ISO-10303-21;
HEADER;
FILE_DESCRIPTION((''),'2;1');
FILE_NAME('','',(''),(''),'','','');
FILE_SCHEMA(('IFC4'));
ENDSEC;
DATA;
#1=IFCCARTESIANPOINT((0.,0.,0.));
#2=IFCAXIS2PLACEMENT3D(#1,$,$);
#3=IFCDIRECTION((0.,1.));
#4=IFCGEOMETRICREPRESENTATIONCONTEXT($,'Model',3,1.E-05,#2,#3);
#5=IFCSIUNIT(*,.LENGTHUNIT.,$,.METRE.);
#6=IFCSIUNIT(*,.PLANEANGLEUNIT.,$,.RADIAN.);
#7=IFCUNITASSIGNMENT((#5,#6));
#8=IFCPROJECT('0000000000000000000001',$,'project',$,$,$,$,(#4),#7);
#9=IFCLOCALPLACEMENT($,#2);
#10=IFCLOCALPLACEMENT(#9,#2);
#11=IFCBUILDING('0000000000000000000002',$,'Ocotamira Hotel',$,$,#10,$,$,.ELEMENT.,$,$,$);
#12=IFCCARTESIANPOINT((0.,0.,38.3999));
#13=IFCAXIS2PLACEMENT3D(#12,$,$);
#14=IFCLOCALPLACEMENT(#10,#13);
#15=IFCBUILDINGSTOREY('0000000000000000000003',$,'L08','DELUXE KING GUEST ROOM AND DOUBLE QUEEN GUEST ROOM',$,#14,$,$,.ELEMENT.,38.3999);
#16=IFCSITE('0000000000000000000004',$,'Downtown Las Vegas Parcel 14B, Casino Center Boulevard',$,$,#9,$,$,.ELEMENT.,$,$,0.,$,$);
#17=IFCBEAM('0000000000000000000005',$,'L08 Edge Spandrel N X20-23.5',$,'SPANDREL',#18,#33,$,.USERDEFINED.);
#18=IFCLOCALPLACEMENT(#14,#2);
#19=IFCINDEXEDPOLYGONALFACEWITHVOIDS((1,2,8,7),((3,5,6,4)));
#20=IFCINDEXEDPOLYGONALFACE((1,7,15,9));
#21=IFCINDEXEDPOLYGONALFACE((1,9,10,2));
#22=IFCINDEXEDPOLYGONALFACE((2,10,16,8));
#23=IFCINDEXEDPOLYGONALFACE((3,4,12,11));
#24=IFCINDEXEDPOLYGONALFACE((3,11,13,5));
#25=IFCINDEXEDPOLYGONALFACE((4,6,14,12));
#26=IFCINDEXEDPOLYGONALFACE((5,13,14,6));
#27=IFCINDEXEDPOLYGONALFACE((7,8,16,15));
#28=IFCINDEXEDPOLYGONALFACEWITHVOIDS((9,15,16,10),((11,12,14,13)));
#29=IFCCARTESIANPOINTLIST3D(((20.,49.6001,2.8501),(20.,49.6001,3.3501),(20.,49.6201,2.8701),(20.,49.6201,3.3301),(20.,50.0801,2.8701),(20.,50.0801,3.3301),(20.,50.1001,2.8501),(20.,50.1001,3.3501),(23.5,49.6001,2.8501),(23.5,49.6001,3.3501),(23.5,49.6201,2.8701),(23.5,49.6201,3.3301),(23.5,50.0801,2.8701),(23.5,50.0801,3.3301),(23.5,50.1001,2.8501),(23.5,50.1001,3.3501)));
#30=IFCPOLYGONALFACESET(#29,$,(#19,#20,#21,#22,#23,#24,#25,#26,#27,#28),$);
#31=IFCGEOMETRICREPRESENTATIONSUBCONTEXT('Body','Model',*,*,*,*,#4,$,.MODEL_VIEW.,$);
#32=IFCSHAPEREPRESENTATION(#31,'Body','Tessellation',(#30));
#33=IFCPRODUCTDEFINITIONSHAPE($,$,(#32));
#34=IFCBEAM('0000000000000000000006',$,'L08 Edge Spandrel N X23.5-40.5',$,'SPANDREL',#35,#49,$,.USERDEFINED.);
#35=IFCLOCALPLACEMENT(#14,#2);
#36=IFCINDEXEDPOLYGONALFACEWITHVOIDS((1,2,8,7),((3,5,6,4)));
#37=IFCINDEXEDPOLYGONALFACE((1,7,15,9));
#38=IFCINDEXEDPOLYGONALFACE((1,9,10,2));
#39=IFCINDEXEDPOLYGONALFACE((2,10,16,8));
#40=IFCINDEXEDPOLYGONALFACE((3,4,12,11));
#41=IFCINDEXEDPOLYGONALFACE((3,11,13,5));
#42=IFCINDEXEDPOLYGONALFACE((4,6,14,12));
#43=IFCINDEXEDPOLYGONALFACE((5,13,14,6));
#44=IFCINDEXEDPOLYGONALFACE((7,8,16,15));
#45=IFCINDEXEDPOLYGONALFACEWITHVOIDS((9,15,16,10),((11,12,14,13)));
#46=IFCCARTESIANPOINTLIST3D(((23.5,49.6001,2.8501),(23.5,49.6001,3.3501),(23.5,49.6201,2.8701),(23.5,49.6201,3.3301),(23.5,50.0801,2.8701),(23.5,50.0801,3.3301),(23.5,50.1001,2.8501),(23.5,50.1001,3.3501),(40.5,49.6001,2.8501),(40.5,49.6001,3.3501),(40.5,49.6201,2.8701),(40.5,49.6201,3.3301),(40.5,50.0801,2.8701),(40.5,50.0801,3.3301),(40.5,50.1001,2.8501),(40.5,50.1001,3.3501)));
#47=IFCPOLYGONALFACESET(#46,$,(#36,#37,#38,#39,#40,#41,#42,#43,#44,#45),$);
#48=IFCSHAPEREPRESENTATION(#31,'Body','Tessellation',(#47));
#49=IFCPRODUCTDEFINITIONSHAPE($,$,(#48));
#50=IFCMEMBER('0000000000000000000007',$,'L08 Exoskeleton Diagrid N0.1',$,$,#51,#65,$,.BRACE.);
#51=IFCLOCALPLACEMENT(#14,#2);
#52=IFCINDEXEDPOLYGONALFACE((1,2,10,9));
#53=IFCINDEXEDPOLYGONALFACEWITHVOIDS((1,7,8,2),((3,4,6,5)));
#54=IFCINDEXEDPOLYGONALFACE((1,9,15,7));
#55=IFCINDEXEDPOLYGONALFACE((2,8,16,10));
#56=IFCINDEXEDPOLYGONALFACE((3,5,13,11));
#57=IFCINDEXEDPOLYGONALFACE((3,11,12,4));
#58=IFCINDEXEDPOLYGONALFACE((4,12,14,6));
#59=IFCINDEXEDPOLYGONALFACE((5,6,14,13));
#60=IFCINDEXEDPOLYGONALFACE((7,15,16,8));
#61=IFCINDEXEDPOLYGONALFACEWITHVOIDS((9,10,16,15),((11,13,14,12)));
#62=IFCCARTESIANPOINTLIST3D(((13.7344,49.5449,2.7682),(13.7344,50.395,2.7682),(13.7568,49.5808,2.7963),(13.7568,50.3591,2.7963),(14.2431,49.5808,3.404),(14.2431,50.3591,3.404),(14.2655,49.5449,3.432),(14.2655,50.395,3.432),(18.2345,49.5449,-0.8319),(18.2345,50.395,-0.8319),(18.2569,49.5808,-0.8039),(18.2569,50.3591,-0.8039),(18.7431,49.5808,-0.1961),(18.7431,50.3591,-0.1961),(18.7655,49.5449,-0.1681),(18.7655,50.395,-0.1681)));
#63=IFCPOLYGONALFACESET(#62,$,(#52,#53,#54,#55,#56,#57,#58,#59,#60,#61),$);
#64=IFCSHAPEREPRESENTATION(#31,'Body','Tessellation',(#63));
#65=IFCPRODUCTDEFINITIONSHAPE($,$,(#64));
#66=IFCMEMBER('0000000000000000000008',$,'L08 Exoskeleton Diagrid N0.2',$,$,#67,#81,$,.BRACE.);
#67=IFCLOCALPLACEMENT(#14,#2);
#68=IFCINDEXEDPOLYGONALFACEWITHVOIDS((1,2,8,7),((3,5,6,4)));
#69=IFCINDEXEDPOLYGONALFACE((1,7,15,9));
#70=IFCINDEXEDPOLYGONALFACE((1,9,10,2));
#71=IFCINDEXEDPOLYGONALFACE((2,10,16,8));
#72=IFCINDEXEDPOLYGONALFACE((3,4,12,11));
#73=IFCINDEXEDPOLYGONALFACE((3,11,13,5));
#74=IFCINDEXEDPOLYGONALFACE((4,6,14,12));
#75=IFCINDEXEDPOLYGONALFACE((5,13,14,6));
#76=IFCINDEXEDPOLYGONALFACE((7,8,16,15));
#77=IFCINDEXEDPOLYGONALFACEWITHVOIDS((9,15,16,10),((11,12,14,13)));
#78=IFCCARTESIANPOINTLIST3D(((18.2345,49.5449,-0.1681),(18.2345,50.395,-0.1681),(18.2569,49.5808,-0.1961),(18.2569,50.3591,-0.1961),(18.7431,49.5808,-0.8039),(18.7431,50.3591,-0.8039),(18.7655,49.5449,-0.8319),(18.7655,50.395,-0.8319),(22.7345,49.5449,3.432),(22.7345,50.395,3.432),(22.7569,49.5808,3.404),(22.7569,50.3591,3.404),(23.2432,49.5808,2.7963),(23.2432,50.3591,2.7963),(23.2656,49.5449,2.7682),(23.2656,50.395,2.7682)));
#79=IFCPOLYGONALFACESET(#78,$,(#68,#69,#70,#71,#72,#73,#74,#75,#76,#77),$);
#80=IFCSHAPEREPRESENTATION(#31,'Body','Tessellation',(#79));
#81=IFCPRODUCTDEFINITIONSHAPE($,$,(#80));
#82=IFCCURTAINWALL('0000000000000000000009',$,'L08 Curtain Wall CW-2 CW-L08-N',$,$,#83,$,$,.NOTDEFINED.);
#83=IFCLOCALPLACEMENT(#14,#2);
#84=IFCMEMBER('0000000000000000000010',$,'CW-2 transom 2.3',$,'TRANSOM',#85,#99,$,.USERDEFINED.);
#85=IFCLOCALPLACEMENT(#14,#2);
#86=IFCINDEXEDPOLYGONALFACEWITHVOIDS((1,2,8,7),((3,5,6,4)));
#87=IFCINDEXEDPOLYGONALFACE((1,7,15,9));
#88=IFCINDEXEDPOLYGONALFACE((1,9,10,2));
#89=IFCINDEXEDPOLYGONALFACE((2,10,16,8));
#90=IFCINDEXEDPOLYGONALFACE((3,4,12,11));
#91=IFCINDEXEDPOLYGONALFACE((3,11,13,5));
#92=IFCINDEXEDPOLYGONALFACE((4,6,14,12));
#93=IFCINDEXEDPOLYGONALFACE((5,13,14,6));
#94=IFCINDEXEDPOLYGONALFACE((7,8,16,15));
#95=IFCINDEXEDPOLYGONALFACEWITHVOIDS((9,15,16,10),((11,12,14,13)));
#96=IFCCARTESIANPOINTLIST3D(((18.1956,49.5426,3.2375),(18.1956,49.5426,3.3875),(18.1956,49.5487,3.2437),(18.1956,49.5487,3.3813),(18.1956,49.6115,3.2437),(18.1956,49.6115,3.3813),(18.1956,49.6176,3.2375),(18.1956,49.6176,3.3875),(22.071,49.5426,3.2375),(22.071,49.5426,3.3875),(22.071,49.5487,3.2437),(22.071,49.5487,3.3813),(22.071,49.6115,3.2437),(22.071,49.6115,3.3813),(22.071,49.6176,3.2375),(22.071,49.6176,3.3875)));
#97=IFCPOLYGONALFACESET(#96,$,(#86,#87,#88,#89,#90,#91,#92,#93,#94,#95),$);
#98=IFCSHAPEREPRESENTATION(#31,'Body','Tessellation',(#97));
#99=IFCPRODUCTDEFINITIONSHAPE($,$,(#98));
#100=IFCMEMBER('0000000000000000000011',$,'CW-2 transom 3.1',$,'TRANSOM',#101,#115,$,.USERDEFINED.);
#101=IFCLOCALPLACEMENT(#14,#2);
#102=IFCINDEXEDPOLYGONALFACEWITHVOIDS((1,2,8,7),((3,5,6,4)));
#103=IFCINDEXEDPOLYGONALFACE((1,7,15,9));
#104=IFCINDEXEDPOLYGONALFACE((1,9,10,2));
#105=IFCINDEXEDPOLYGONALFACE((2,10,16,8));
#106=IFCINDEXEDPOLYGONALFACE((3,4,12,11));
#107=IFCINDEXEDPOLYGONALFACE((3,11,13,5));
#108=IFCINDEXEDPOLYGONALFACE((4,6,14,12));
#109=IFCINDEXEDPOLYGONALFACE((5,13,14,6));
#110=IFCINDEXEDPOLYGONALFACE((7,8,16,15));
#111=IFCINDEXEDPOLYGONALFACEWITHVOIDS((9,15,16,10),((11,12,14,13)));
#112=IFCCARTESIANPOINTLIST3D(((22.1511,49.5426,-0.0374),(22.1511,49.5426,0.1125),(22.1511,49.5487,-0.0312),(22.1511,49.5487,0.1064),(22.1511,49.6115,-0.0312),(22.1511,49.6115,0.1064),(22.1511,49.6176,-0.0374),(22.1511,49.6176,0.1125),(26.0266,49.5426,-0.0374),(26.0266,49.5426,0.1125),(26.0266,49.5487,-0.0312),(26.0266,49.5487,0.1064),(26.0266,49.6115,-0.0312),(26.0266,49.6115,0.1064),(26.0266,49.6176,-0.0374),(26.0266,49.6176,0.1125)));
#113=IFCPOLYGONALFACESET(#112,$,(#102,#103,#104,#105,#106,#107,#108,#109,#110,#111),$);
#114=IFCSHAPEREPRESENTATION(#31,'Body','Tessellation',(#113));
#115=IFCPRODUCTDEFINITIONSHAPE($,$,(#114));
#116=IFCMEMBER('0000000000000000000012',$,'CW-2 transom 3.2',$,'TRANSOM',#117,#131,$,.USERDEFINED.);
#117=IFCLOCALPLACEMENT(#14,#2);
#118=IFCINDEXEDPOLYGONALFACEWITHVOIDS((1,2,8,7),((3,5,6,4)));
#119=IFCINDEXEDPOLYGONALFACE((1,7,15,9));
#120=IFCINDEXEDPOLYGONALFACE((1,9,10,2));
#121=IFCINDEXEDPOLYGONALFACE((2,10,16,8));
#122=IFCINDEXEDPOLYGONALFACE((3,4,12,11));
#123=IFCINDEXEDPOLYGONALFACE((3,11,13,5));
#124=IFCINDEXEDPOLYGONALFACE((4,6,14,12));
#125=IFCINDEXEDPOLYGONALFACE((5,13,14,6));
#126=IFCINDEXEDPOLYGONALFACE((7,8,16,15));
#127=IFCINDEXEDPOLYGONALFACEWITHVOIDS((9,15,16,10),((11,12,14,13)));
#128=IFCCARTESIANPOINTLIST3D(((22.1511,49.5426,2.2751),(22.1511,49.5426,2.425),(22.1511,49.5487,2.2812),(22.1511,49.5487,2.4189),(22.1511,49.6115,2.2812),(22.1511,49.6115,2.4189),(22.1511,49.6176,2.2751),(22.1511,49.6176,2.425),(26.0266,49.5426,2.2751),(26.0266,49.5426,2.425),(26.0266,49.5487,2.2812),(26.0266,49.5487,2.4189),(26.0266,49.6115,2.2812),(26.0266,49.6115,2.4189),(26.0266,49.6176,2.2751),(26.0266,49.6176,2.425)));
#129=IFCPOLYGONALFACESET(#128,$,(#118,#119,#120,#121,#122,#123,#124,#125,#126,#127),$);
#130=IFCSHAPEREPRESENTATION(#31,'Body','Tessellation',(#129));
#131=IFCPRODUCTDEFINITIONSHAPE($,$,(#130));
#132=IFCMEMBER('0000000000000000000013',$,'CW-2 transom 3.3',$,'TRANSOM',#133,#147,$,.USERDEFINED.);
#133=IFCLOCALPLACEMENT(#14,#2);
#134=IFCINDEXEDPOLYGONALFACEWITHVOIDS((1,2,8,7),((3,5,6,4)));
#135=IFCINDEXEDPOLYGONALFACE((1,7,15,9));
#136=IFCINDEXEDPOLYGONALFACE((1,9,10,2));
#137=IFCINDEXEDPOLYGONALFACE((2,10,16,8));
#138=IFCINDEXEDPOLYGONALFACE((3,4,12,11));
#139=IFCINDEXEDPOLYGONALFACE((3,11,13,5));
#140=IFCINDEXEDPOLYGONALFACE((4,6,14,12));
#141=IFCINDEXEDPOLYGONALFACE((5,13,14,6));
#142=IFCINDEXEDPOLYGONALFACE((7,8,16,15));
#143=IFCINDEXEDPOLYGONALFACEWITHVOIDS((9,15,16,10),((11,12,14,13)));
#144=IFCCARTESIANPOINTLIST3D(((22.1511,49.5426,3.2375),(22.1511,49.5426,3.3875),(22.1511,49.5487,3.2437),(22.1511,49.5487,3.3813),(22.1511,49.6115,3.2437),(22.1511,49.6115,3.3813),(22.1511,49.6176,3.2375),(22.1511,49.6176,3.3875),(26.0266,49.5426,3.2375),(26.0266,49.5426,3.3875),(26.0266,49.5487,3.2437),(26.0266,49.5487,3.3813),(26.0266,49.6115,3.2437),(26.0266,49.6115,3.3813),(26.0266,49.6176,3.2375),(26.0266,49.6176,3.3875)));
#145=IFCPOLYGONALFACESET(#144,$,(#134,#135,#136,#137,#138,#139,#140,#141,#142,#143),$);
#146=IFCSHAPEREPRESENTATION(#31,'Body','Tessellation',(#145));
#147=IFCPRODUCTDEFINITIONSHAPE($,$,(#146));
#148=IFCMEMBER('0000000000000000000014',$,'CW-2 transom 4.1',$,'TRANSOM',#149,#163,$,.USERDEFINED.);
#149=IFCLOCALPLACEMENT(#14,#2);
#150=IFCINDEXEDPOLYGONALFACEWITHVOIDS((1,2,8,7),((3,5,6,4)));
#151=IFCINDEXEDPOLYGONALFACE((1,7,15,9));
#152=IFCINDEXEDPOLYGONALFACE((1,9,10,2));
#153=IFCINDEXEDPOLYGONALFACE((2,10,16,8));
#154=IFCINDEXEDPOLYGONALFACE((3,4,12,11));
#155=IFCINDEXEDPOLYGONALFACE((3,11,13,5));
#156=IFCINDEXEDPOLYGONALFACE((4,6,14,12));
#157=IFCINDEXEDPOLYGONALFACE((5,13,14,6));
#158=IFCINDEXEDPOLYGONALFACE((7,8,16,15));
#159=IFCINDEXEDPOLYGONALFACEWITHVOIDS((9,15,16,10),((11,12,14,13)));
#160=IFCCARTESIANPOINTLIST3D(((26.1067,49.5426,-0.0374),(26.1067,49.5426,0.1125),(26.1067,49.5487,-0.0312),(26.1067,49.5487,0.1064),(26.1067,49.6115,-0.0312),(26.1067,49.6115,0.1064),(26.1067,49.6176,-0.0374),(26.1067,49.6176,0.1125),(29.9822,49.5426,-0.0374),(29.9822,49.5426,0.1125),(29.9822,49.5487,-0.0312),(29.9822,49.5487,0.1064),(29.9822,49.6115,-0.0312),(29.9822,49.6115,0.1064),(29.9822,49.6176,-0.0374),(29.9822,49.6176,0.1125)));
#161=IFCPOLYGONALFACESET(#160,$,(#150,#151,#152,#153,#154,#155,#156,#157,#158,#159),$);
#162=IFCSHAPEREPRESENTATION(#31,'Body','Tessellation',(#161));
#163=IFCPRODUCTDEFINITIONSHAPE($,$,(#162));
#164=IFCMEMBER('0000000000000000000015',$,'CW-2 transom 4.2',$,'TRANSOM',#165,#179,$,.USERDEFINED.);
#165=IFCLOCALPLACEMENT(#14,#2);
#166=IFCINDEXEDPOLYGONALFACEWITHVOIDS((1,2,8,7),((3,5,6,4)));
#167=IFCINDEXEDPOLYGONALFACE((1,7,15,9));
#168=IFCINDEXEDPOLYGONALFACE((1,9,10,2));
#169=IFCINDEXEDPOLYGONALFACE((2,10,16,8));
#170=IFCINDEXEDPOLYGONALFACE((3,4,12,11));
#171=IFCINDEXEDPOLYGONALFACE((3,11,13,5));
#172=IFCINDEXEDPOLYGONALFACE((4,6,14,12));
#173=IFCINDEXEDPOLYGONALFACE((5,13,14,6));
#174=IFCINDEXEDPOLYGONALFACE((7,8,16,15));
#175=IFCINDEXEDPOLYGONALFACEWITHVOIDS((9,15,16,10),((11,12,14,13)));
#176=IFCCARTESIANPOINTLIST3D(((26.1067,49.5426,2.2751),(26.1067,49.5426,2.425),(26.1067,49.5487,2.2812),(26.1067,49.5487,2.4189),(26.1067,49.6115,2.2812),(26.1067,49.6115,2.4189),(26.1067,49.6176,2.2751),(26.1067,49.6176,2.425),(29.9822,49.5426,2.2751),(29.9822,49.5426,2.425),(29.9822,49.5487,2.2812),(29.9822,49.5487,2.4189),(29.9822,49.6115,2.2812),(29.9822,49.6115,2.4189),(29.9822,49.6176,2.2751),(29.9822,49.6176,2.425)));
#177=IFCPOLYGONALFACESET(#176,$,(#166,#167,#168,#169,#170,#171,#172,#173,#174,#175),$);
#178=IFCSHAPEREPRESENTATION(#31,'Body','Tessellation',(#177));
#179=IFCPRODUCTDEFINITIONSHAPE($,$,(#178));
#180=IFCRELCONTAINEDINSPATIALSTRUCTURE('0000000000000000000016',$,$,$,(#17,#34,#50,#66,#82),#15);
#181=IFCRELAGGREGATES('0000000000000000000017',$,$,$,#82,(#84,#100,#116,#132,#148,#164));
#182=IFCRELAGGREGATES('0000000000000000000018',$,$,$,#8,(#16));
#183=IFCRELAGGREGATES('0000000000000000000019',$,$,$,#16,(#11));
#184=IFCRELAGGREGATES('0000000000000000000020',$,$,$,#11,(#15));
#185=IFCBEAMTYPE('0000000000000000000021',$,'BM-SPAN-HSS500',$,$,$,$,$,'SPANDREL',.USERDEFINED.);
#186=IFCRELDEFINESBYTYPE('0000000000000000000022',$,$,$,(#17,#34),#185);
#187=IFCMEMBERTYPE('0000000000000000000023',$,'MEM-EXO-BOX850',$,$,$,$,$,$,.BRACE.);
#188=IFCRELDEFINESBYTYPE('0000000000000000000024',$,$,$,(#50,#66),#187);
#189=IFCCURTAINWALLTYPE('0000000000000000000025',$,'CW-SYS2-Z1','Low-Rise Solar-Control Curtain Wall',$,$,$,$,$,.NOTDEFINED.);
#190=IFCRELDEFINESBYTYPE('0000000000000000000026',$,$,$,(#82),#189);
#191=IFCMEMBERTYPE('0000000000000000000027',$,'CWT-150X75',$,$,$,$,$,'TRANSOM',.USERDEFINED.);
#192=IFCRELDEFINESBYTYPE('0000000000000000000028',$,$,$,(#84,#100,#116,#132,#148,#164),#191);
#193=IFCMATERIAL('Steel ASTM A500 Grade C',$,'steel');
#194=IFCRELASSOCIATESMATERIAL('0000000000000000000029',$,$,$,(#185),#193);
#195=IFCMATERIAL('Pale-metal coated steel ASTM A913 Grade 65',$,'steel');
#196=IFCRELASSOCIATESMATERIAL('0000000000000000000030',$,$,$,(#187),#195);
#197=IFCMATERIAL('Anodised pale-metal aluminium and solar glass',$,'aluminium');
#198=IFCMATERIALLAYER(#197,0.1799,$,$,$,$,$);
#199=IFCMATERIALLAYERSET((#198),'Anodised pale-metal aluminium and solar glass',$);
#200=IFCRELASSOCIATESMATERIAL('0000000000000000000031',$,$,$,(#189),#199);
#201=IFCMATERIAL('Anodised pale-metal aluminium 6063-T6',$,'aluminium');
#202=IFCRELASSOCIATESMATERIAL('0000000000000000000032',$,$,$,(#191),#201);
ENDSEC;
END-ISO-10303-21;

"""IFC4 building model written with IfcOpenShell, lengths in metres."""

from ifc_helpers import new_model, si_unit, direction, frame, origin, origin_2d, place, context, subcontext, project, spatial, hollow_rectangle, extrude, source, transform, mapped, material, layer, layer_set, material_profile, profile_set, type_object, element, aggregate, save


model = new_model("IFC4")

# Units and contexts
model_context = context("Model", 3, precision=1e-05, world=origin(), true_north=direction((0.0, 1.0)))
body_context = subcontext(model_context, "Body", "Model", "MODEL_VIEW")
ifc_project = project(units=[si_unit("LENGTHUNIT", "METRE"), si_unit("PLANEANGLEUNIT", "RADIAN")], contexts=[model_context])

# Site, building, storey
site_placement = place(None, origin())
site = spatial("IfcSite", under=ifc_project, at=site_placement, Name="Downtown Las Vegas Parcel 14B, Casino Center Boulevard", CompositionType="ELEMENT", RefElevation=0.0)
building_placement = place(site_placement, origin())
building = spatial("IfcBuilding", under=site, at=building_placement, Name="Ocotamira Hotel", CompositionType="ELEMENT")
storey_placement = place(building_placement, frame((0.0, 0.0, 38.3999)))
storey = spatial("IfcBuildingStorey", under=building, at=storey_placement, Name="L08", Description="DELUXE KING GUEST ROOM AND DOUBLE QUEEN GUEST ROOM", CompositionType="ELEMENT", Elevation=38.3999)

# Beams
ifc_material_1 = material(Name="Steel ASTM A500 Grade C", Category="steel")
ifc_material_profile_1 = material_profile(ifc_material_1, hollow_rectangle(XDim=0.5, YDim=0.5, WallThickness=0.02, at=origin_2d()), Name="HSS500X500X20")
ifc_profile_set_1 = profile_set([ifc_material_profile_1], Name="Steel ASTM A500 Grade C")
beam_type = type_object("IfcBeamType", Name="BM-SPAN-HSS500", ElementType="SPANDREL", PredefinedType="USERDEFINED", material=ifc_profile_set_1)
shared_shape_1 = source(origin(), body_context, "Body", "SweptSolid", [
    extrude(hollow_rectangle(XDim=0.5, YDim=0.5, WallThickness=0.02, at=origin_2d()), origin(), (0.0, 0.0, 1.0), 3.5),
])
beam_1_placement = place(storey_placement, frame((20.0, 49.8501, 3.1001), z_axis=(1.0, 0.0, 0.0), x_axis=(0.0, 1.0, 0.0)))
element("IfcBeam", 1, at=beam_1_placement, inside=storey, type_object=beam_type, Name="L08 Edge Spandrel N X20-23.5", ObjectType="SPANDREL", PredefinedType="USERDEFINED", context=body_context, shape_type="MappedRepresentation", body=[
    mapped(shared_shape_1, transform((0.0, 0.0, 0.0), scale=1.0)),
])
shared_shape_2 = source(origin(), body_context, "Body", "SweptSolid", [
    extrude(hollow_rectangle(XDim=0.5, YDim=0.5, WallThickness=0.02, at=origin_2d()), origin(), (0.0, 0.0, 1.0), 17.0),
])
beam_2_placement = place(storey_placement, frame((23.5, 49.8501, 3.1001), z_axis=(1.0, 0.0, 0.0), x_axis=(0.0, 1.0, 0.0)))
element("IfcBeam", 2, at=beam_2_placement, inside=storey, type_object=beam_type, Name="L08 Edge Spandrel N X23.5-40.5", ObjectType="SPANDREL", PredefinedType="USERDEFINED", context=body_context, shape_type="MappedRepresentation", body=[
    mapped(shared_shape_2, transform((0.0, 0.0, 0.0), scale=1.0)),
])

# Members
ifc_material_2 = material(Name="Pale-metal coated steel ASTM A913 Grade 65", Category="steel")
ifc_material_profile_2 = material_profile(ifc_material_2, hollow_rectangle(XDim=0.8501, YDim=0.8501, WallThickness=0.0359, at=origin_2d()), Name="BOX850X850X36")
ifc_profile_set_2 = profile_set([ifc_material_profile_2], Name="Pale-metal coated steel ASTM A913 Grade 65")
member_type_1 = type_object("IfcMemberType", Name="MEM-EXO-BOX850", PredefinedType="BRACE", material=ifc_profile_set_2)
shared_shape_3 = source(origin(), body_context, "Body", "SweptSolid", [
    extrude(hollow_rectangle(XDim=0.8501, YDim=0.8501, WallThickness=0.0359, at=origin_2d()), origin(), (0.0, 0.0, 1.0), 5.7629),
])
for number, where, z_axis, x_axis, name in (
    (3, (18.5, 49.97, -0.5), (-0.780861, 0.0, 0.624705), (0.0, -1.0, 0.0), "L08 Exoskeleton Diagrid N0.1"),
    (4, (18.5, 49.97, -0.5), (0.780861, 0.0, 0.624705), (0.0, 1.0, 0.0), "L08 Exoskeleton Diagrid N0.2"),
):
    element("IfcMember", number, at=place(storey_placement, frame(where, z_axis=z_axis, x_axis=x_axis)), inside=storey, type_object=member_type_1, Name=name, PredefinedType="BRACE", context=body_context, shape_type="MappedRepresentation", body=[
        mapped(shared_shape_3, transform((0.0, 0.0, 0.0), scale=1.0)),
    ])

# Curtain wall, members
ifc_material_3 = material(Name="Anodised pale-metal aluminium and solar glass", Category="aluminium")
ifc_layer_1 = layer(ifc_material_3, 0.1799)
ifc_layer_set_1 = layer_set([ifc_layer_1], Name="Anodised pale-metal aluminium and solar glass")
curtain_wall_type = type_object("IfcCurtainWallType", Name="CW-SYS2-Z1", Description="Low-Rise Solar-Control Curtain Wall", PredefinedType="NOTDEFINED", material=ifc_layer_set_1)
curtain_wall_placement = place(storey_placement, origin())
curtain_wall = element("IfcCurtainWall", 5, at=curtain_wall_placement, inside=storey, type_object=curtain_wall_type, Name="L08 Curtain Wall CW-2 CW-L08-N", PredefinedType="NOTDEFINED")
ifc_material_4 = material(Name="Anodised pale-metal aluminium 6063-T6", Category="aluminium")
ifc_material_profile_3 = material_profile(ifc_material_4, hollow_rectangle(XDim=0.075, YDim=0.1499, WallThickness=0.0061, at=origin_2d()), Name="HSS150X75X6")
ifc_profile_set_3 = profile_set([ifc_material_profile_3], Name="Anodised pale-metal aluminium 6063-T6")
member_type_2 = type_object("IfcMemberType", Name="CWT-150X75", ElementType="TRANSOM", PredefinedType="USERDEFINED", material=ifc_profile_set_3)
shared_shape_4 = source(origin(), body_context, "Body", "SweptSolid", [
    extrude(hollow_rectangle(XDim=0.075, YDim=0.1499, WallThickness=0.0061, at=origin_2d()), origin(), (0.0, 0.0, 1.0), 3.8755),
])
member_1_placement = place(storey_placement, frame((18.1956, 49.5801, 3.3125), z_axis=(1.0, 0.0, 0.0), x_axis=(0.0, 1.0, 0.0)))
member_1 = element("IfcMember", 6, at=member_1_placement, type_object=member_type_2, Name="CW-2 transom 2.3", ObjectType="TRANSOM", PredefinedType="USERDEFINED", context=body_context, shape_type="MappedRepresentation", body=[
    mapped(shared_shape_4, transform((0.0, 0.0, 0.0), scale=1.0)),
])
member_2_placement = place(storey_placement, frame((22.1511, 49.5801, 0.0376), z_axis=(1.0, 0.0, 0.0), x_axis=(0.0, 1.0, 0.0)))
member_2 = element("IfcMember", 7, at=member_2_placement, type_object=member_type_2, Name="CW-2 transom 3.1", ObjectType="TRANSOM", PredefinedType="USERDEFINED", context=body_context, shape_type="MappedRepresentation", body=[
    mapped(shared_shape_4, transform((0.0, 0.0, 0.0), scale=1.0)),
])
member_3_placement = place(storey_placement, frame((22.1511, 49.5801, 2.3501), z_axis=(1.0, 0.0, 0.0), x_axis=(0.0, 1.0, 0.0)))
member_3 = element("IfcMember", 8, at=member_3_placement, type_object=member_type_2, Name="CW-2 transom 3.2", ObjectType="TRANSOM", PredefinedType="USERDEFINED", context=body_context, shape_type="MappedRepresentation", body=[
    mapped(shared_shape_4, transform((0.0, 0.0, 0.0), scale=1.0)),
])
member_4_placement = place(storey_placement, frame((22.1511, 49.5801, 3.3125), z_axis=(1.0, 0.0, 0.0), x_axis=(0.0, 1.0, 0.0)))
member_4 = element("IfcMember", 9, at=member_4_placement, type_object=member_type_2, Name="CW-2 transom 3.3", ObjectType="TRANSOM", PredefinedType="USERDEFINED", context=body_context, shape_type="MappedRepresentation", body=[
    mapped(shared_shape_4, transform((0.0, 0.0, 0.0), scale=1.0)),
])
member_5_placement = place(storey_placement, frame((26.1067, 49.5801, 0.0376), z_axis=(1.0, 0.0, 0.0), x_axis=(0.0, 1.0, 0.0)))
member_5 = element("IfcMember", 10, at=member_5_placement, type_object=member_type_2, Name="CW-2 transom 4.1", ObjectType="TRANSOM", PredefinedType="USERDEFINED", context=body_context, shape_type="MappedRepresentation", body=[
    mapped(shared_shape_4, transform((0.0, 0.0, 0.0), scale=1.0)),
])
member_6_placement = place(storey_placement, frame((26.1067, 49.5801, 2.3501), z_axis=(1.0, 0.0, 0.0), x_axis=(0.0, 1.0, 0.0)))
member_6 = element("IfcMember", 11, at=member_6_placement, type_object=member_type_2, Name="CW-2 transom 4.2", ObjectType="TRANSOM", PredefinedType="USERDEFINED", context=body_context, shape_type="MappedRepresentation", body=[
    mapped(shared_shape_4, transform((0.0, 0.0, 0.0), scale=1.0)),
])

aggregate(curtain_wall, [member_1, member_2, member_3, member_4, member_5, member_6])

save(model, "model.ifc")
